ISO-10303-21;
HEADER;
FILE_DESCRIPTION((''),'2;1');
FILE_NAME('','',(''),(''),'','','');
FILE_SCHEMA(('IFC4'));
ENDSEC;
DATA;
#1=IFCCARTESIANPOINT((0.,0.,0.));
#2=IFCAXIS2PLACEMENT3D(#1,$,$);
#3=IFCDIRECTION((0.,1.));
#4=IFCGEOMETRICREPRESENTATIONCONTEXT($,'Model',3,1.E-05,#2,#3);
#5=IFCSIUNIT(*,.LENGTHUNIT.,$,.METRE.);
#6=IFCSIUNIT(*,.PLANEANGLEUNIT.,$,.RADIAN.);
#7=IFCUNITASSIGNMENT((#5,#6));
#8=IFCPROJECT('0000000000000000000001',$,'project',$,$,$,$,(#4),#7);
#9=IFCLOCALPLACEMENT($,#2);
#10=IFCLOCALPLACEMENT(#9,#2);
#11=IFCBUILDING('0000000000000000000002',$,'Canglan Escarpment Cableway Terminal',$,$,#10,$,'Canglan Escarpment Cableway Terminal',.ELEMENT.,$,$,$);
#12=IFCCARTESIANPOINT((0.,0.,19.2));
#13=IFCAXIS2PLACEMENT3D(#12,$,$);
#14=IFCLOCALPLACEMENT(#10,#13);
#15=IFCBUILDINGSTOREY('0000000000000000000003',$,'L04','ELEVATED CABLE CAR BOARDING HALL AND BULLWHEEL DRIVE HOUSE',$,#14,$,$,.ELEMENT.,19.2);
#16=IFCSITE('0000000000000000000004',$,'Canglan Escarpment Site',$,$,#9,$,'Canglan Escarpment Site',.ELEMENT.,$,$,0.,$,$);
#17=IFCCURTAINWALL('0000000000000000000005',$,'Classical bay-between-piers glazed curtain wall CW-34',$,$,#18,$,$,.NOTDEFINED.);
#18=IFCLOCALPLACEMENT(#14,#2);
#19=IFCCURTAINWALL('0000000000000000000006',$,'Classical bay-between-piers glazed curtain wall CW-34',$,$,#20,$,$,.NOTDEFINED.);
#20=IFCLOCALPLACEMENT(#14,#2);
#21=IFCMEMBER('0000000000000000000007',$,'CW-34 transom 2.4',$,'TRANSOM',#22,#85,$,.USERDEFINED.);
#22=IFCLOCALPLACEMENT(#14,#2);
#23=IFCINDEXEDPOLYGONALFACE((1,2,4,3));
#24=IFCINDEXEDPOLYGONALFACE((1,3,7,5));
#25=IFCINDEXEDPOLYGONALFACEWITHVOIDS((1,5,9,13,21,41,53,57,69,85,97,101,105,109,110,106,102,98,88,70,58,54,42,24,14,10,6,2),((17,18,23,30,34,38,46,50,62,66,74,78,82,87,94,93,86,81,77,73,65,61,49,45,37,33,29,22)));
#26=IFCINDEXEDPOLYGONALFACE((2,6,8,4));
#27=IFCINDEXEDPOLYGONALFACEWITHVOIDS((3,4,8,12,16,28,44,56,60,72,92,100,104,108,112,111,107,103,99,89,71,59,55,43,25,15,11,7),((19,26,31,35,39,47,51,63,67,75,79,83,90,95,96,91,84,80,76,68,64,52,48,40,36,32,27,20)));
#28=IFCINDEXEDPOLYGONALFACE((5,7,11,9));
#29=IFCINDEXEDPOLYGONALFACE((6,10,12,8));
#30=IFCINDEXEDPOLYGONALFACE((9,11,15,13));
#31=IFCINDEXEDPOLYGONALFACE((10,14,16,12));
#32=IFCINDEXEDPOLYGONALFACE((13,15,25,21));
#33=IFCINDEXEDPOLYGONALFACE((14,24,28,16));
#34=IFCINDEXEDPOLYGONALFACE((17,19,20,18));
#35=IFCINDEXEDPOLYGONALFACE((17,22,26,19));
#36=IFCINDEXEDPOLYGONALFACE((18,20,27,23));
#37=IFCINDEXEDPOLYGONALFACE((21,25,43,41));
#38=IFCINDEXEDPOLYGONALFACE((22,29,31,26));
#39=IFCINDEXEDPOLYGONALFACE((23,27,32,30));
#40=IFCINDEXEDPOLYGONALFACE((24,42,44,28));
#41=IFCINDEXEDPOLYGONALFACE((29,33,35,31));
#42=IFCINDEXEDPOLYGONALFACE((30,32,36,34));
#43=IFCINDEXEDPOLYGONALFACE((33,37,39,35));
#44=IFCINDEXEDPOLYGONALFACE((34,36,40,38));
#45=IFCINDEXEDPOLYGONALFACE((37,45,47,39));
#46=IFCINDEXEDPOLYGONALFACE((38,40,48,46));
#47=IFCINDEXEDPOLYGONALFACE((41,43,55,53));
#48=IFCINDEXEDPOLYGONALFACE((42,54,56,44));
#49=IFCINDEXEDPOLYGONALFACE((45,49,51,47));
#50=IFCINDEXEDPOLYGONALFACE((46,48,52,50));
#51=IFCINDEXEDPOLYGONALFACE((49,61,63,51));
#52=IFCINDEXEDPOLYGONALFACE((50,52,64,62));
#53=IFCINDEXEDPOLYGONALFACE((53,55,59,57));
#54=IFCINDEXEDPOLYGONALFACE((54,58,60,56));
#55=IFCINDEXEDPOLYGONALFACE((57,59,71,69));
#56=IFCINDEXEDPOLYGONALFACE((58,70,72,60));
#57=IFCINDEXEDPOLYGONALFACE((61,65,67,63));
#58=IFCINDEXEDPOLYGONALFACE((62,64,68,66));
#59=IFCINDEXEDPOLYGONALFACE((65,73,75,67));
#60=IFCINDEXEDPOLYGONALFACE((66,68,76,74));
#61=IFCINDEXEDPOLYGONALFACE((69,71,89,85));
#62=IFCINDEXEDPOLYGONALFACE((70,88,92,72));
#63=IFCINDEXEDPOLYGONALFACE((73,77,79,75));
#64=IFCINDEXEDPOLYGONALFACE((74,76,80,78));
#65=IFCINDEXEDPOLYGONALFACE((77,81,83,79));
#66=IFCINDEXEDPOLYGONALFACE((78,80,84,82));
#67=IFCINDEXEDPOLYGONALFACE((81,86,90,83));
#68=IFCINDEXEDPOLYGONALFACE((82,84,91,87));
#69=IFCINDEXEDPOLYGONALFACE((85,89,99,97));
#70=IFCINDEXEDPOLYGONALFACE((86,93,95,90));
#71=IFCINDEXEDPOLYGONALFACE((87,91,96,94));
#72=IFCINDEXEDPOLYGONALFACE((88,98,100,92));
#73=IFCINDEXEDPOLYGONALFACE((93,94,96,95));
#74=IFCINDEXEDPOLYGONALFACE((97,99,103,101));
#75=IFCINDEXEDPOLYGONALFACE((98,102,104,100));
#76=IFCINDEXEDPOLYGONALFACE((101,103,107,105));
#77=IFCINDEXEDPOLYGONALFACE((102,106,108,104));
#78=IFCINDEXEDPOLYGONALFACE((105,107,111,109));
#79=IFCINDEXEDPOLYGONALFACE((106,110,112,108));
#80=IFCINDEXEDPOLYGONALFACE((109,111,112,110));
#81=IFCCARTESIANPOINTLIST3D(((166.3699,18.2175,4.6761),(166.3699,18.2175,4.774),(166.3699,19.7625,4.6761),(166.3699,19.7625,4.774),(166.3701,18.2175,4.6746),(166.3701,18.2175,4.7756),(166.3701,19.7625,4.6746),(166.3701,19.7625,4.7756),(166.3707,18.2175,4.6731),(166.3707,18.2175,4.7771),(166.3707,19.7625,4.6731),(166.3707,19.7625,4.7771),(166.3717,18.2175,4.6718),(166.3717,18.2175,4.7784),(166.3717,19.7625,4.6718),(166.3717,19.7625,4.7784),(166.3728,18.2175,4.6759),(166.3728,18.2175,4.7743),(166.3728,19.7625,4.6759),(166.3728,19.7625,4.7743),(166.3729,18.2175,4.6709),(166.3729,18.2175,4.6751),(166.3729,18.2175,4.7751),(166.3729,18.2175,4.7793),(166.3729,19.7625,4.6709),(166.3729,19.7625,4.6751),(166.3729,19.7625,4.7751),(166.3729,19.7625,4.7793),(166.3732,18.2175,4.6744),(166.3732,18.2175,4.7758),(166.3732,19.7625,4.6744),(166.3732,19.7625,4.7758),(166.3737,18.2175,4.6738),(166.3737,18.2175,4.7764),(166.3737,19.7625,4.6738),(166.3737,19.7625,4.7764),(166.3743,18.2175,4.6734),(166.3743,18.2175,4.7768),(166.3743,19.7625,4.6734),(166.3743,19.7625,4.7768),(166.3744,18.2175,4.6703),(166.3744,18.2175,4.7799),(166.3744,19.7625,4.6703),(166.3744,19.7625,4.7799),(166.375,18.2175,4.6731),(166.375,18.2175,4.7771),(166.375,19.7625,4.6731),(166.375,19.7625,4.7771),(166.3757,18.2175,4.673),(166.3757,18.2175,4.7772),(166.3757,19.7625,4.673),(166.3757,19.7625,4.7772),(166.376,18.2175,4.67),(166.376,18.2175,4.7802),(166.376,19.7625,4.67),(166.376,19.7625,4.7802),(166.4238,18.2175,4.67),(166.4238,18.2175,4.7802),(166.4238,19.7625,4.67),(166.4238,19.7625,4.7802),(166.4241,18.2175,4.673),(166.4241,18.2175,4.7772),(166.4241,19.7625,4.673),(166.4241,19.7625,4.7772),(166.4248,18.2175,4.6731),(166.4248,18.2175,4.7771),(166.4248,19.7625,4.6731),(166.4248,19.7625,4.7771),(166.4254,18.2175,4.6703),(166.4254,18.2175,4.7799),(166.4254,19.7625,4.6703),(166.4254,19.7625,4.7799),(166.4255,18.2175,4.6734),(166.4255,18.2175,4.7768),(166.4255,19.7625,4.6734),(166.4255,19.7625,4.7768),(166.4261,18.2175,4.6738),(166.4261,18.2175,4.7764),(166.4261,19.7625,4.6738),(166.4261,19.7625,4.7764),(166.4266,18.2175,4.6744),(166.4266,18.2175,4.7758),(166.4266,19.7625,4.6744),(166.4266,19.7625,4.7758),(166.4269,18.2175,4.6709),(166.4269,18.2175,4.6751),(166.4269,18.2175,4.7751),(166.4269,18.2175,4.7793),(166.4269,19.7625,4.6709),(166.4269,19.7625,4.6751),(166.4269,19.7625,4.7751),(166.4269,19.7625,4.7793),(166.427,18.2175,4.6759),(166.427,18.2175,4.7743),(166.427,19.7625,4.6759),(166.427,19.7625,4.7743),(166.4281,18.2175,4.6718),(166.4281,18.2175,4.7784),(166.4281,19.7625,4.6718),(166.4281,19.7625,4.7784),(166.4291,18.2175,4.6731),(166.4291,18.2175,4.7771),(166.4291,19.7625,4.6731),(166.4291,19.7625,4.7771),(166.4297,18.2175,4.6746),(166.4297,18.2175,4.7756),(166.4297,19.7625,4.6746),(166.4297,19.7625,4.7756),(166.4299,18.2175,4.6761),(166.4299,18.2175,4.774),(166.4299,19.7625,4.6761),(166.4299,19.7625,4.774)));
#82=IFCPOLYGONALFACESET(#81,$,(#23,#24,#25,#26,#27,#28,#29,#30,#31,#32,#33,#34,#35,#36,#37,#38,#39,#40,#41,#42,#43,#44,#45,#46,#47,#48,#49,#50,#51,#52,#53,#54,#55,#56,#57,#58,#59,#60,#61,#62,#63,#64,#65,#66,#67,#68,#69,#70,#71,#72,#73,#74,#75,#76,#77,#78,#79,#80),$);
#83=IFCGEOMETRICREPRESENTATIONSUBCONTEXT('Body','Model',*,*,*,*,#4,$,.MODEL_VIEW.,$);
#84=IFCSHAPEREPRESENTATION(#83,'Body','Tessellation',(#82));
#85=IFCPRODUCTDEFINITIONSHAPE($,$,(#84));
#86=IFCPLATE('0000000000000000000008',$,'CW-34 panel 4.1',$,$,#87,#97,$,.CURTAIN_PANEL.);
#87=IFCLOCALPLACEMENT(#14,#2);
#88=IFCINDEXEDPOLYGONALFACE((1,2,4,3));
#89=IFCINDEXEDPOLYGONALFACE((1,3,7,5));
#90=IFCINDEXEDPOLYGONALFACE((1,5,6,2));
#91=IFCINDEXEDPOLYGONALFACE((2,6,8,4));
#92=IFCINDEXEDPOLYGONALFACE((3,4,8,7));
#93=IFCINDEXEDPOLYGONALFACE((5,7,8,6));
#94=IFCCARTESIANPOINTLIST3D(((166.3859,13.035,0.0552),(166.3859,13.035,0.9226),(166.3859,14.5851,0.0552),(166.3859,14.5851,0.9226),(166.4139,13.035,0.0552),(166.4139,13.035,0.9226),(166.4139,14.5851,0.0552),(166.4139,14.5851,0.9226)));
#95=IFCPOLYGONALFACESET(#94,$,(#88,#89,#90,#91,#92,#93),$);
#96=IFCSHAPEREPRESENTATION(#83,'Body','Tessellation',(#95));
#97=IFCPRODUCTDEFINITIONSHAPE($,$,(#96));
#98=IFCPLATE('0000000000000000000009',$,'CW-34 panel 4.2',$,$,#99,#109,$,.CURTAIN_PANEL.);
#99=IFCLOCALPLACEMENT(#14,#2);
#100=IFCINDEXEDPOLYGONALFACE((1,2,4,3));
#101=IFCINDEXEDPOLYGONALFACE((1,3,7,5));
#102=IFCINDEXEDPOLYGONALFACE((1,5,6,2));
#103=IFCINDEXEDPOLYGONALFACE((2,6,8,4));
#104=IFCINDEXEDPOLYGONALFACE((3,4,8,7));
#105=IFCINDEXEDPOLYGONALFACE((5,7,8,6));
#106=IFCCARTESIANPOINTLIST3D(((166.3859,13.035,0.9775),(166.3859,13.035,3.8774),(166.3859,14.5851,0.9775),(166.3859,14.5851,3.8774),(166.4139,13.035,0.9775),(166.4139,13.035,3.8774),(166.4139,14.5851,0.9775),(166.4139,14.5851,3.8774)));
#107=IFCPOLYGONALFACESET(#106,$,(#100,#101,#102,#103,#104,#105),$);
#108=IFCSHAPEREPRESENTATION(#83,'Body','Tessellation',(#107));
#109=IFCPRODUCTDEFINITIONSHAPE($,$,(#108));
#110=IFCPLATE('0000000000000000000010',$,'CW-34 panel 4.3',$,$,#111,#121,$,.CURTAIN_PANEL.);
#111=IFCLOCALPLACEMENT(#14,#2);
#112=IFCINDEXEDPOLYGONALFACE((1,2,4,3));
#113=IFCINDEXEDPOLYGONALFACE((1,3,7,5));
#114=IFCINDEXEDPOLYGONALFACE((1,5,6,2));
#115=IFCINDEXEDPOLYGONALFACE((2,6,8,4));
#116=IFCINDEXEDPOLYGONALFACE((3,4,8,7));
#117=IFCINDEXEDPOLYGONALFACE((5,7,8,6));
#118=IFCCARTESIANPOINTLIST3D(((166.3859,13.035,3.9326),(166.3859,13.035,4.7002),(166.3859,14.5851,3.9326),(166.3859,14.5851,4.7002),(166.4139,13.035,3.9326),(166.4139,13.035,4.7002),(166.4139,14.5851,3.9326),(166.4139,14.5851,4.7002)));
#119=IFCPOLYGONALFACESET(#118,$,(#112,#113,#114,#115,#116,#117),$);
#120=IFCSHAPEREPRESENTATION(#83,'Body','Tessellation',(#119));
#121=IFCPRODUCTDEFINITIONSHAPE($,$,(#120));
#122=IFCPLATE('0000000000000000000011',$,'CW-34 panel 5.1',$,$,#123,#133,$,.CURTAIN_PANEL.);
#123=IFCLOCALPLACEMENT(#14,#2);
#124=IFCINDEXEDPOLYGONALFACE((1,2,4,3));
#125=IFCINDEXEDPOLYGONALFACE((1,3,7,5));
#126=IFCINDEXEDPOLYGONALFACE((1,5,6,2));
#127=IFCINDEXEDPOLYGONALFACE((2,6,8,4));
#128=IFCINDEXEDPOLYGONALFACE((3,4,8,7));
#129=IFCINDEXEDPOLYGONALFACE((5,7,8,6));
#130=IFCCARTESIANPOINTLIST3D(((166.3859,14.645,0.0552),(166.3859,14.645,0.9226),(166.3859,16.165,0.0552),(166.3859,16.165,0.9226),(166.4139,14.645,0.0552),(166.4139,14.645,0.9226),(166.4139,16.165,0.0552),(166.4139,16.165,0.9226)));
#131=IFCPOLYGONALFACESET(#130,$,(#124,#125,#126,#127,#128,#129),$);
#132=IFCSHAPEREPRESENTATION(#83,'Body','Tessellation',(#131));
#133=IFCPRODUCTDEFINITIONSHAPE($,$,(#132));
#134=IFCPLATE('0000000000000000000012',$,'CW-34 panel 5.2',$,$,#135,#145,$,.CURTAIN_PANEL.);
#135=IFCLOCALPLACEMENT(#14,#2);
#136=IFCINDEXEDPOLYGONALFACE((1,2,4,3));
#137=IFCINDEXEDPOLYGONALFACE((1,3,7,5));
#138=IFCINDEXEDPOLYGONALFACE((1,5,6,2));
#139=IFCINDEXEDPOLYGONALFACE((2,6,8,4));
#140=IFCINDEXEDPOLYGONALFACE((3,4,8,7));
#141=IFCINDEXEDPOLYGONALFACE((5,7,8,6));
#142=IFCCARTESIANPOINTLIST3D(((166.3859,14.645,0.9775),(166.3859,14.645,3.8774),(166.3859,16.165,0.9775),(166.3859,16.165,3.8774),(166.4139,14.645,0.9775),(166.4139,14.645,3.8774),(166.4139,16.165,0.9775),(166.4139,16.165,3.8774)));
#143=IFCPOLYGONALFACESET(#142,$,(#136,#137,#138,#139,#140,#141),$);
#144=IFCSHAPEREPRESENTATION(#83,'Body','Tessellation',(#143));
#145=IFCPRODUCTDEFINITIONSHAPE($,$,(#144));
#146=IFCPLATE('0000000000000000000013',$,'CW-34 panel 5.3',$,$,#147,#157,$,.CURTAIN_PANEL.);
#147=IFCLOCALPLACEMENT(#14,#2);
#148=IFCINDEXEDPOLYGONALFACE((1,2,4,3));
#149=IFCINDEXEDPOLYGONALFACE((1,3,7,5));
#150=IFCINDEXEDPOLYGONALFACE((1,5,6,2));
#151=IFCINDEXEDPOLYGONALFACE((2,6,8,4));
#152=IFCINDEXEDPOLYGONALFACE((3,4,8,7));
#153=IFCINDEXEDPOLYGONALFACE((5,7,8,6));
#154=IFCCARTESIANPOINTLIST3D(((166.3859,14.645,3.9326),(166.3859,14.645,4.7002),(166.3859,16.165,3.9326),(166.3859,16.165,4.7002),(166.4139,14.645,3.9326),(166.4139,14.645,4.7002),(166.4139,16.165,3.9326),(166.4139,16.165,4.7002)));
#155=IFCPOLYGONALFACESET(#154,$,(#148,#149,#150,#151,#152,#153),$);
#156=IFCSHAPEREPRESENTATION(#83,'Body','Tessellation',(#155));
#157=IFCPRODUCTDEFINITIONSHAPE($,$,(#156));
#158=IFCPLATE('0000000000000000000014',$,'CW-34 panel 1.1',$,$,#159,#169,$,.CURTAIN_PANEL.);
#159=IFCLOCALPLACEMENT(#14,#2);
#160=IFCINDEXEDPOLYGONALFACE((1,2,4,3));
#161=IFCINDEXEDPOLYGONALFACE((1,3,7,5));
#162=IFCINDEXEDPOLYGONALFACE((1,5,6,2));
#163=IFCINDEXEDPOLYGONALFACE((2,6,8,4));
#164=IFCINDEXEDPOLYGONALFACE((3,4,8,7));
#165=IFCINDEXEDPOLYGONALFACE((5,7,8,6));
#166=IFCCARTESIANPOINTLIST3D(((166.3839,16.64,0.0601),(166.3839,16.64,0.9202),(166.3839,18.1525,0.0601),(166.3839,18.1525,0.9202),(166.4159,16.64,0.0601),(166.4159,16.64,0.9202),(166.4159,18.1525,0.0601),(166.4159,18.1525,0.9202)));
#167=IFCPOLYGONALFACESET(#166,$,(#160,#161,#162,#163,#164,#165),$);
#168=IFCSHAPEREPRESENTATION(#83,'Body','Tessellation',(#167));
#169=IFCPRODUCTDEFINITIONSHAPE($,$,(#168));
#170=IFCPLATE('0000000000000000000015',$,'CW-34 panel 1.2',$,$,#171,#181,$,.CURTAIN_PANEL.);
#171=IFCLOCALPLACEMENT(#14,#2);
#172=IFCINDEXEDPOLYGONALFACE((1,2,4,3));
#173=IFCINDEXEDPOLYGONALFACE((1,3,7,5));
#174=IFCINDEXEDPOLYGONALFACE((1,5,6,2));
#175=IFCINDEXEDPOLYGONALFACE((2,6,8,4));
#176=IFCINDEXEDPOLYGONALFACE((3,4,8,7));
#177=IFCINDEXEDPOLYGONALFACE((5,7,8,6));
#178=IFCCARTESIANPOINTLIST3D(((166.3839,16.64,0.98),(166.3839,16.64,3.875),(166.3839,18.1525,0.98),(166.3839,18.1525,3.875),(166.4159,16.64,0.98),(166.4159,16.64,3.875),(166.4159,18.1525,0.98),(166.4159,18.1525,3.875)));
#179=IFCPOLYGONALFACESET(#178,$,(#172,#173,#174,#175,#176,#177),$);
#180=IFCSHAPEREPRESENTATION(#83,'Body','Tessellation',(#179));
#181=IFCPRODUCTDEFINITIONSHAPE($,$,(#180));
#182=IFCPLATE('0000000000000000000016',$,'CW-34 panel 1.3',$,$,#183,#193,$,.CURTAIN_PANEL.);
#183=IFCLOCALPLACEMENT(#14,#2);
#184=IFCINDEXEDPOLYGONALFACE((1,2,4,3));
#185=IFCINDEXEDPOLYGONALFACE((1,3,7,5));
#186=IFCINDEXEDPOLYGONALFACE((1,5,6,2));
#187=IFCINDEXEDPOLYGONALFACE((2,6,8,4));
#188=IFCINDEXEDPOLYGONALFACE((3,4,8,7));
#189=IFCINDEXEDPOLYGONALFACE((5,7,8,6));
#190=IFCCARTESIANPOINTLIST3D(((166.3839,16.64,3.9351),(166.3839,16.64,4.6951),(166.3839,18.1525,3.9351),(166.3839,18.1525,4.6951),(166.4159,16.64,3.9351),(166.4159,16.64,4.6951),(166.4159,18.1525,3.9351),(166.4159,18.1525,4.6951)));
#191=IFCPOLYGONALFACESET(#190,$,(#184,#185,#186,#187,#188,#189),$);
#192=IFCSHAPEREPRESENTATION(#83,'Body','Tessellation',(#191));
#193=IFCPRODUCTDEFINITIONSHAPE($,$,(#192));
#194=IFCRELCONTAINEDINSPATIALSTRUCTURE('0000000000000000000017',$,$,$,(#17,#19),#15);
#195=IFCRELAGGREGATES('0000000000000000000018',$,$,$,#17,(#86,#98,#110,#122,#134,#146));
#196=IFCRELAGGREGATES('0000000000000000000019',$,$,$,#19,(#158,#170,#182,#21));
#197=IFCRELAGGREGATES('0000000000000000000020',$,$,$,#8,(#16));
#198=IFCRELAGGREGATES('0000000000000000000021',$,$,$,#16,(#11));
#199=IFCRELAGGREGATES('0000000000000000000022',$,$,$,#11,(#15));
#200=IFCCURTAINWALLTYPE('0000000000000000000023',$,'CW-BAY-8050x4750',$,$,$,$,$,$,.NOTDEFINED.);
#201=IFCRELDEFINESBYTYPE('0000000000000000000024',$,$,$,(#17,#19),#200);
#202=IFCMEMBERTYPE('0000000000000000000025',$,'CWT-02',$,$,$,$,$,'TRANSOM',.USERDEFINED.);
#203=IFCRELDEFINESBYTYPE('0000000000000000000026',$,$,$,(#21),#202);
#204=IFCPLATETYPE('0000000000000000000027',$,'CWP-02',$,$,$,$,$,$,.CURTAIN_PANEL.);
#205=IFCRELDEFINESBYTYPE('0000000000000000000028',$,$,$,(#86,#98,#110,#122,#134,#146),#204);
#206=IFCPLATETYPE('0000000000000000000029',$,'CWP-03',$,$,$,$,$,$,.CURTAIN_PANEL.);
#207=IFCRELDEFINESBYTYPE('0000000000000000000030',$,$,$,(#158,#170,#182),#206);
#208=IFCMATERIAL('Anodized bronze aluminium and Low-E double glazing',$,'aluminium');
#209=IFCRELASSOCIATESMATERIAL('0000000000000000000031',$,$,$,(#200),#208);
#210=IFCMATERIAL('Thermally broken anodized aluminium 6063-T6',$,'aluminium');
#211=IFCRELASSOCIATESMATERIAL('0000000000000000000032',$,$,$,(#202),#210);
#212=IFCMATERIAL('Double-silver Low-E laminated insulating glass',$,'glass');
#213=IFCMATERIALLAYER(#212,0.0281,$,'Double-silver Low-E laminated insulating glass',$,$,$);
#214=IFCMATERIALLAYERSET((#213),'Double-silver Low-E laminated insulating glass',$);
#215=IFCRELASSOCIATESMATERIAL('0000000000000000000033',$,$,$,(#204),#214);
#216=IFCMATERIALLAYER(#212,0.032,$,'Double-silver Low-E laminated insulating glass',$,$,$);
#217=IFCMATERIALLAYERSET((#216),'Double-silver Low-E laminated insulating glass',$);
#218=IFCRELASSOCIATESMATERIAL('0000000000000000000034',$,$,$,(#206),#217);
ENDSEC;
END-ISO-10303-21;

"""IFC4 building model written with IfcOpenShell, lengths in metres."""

from ifc_helpers import new_model, si_unit, direction, frame, origin, origin_2d, place, context, subcontext, project, spatial, rectangle, hollow_rectangle, extrude, material, layer, layer_set, material_profile, profile_set, type_object, element, aggregate, save


model = new_model("IFC4")

# Units and contexts
model_context = context("Model", 3, precision=1e-05, world=origin(), true_north=direction((0.0, 1.0)))
body_context = subcontext(model_context, "Body", "Model", "MODEL_VIEW")
ifc_project = project(units=[si_unit("LENGTHUNIT", "METRE"), si_unit("PLANEANGLEUNIT", "RADIAN")], contexts=[model_context])

# Site, building, storey
site_placement = place(None, origin())
site = spatial("IfcSite", under=ifc_project, at=site_placement, Name="Canglan Escarpment Site", LongName="Canglan Escarpment Site", CompositionType="ELEMENT", RefElevation=0.0)
building_placement = place(site_placement, origin())
building = spatial("IfcBuilding", under=site, at=building_placement, Name="Canglan Escarpment Cableway Terminal", LongName="Canglan Escarpment Cableway Terminal", CompositionType="ELEMENT")
storey_placement = place(building_placement, frame((0.0, 0.0, 19.2)))
storey = spatial("IfcBuildingStorey", under=building, at=storey_placement, Name="L04", Description="ELEVATED CABLE CAR BOARDING HALL AND BULLWHEEL DRIVE HOUSE", CompositionType="ELEMENT", Elevation=19.2)

# Curtain walls
ifc_material_1 = material(Name="Anodized bronze aluminium and Low-E double glazing", Category="aluminium")
curtain_wall_type = type_object("IfcCurtainWallType", Name="CW-BAY-8050x4750", PredefinedType="NOTDEFINED", material=ifc_material_1)
curtain_wall_1_placement = place(storey_placement, origin())
curtain_wall_1 = element("IfcCurtainWall", 1, at=curtain_wall_1_placement, inside=storey, type_object=curtain_wall_type, Name="Classical bay-between-piers glazed curtain wall CW-34", PredefinedType="NOTDEFINED")
ifc_material_2 = material(Name="Thermally broken anodized aluminium 6063-T6", Category="aluminium")
curtain_wall_2_placement = place(storey_placement, origin())
curtain_wall_2 = element("IfcCurtainWall", 2, at=curtain_wall_2_placement, inside=storey, type_object=curtain_wall_type, Name="Classical bay-between-piers glazed curtain wall CW-34", PredefinedType="NOTDEFINED")

# Member
ifc_material_profile_1 = material_profile(ifc_material_2, hollow_rectangle(XDim=0.0601, YDim=0.1101, WallThickness=0.0029, InnerFilletRadius=0.0029, OuterFilletRadius=0.0061, at=origin_2d()), Name="ALU-TRAN 60x110x3")
ifc_profile_set_1 = profile_set([ifc_material_profile_1], Name="Thermally broken anodized aluminium 6063-T6")
member_type_1 = type_object("IfcMemberType", Name="CWT-02", ElementType="TRANSOM", PredefinedType="USERDEFINED", material=ifc_profile_set_1)
member_1_placement = place(storey_placement, frame((166.3999, 18.2175, 4.7251), z_axis=(0.0, 1.0, 0.0), x_axis=(-1.0, 0.0, 0.0)))
member_1 = element("IfcMember", 3, at=member_1_placement, type_object=member_type_1, Name="CW-34 transom 2.4", ObjectType="TRANSOM", PredefinedType="USERDEFINED", context=body_context, shape_type="SweptSolid", body=[
    extrude(hollow_rectangle(XDim=0.0601, YDim=0.1101, WallThickness=0.0029, InnerFilletRadius=0.0029, OuterFilletRadius=0.0061, at=origin_2d()), origin(), (0.0, 0.0, 1.0), 1.5449),
])

# Plates
ifc_material_3 = material(Name="Double-silver Low-E laminated insulating glass", Category="glass")
ifc_layer_1 = layer(ifc_material_3, 0.0281, Name="Double-silver Low-E laminated insulating glass")
ifc_layer_set_1 = layer_set([ifc_layer_1], Name="Double-silver Low-E laminated insulating glass")
plate_type_1 = type_object("IfcPlateType", Name="CWP-02", PredefinedType="CURTAIN_PANEL", material=ifc_layer_set_1)
plate_1_placement = place(storey_placement, frame((166.3999, 13.8101, 0.0552), z_axis=(0.0, 0.0, 1.0), x_axis=(0.0, 1.0, 0.0)))
plate_1 = element("IfcPlate", 4, at=plate_1_placement, type_object=plate_type_1, Name="CW-34 panel 4.1", PredefinedType="CURTAIN_PANEL", context=body_context, shape_type="SweptSolid", body=[
    extrude(rectangle(XDim=1.55, YDim=0.0281, at=origin_2d()), origin(), (0.0, 0.0, 1.0), 0.8674),
])
plate_2_placement = place(storey_placement, frame((166.3999, 13.8101, 0.9775), z_axis=(0.0, 0.0, 1.0), x_axis=(0.0, 1.0, 0.0)))
plate_2 = element("IfcPlate", 5, at=plate_2_placement, type_object=plate_type_1, Name="CW-34 panel 4.2", PredefinedType="CURTAIN_PANEL", context=body_context, shape_type="SweptSolid", body=[
    extrude(rectangle(XDim=1.55, YDim=0.0281, at=origin_2d()), origin(), (0.0, 0.0, 1.0), 2.8999),
])
plate_3_placement = place(storey_placement, frame((166.3999, 13.8101, 3.9326), z_axis=(0.0, 0.0, 1.0), x_axis=(0.0, 1.0, 0.0)))
plate_3 = element("IfcPlate", 6, at=plate_3_placement, type_object=plate_type_1, Name="CW-34 panel 4.3", PredefinedType="CURTAIN_PANEL", context=body_context, shape_type="SweptSolid", body=[
    extrude(rectangle(XDim=1.55, YDim=0.0281, at=origin_2d()), origin(), (0.0, 0.0, 1.0), 0.7676),
])
plate_4_placement = place(storey_placement, frame((166.3999, 15.405, 0.0552), z_axis=(0.0, 0.0, 1.0), x_axis=(0.0, 1.0, 0.0)))
plate_4 = element("IfcPlate", 7, at=plate_4_placement, type_object=plate_type_1, Name="CW-34 panel 5.1", PredefinedType="CURTAIN_PANEL", context=body_context, shape_type="SweptSolid", body=[
    extrude(rectangle(XDim=1.52, YDim=0.0281, at=origin_2d()), origin(), (0.0, 0.0, 1.0), 0.8674),
])
plate_5_placement = place(storey_placement, frame((166.3999, 15.405, 0.9775), z_axis=(0.0, 0.0, 1.0), x_axis=(0.0, 1.0, 0.0)))
plate_5 = element("IfcPlate", 8, at=plate_5_placement, type_object=plate_type_1, Name="CW-34 panel 5.2", PredefinedType="CURTAIN_PANEL", context=body_context, shape_type="SweptSolid", body=[
    extrude(rectangle(XDim=1.52, YDim=0.0281, at=origin_2d()), origin(), (0.0, 0.0, 1.0), 2.8999),
])
plate_6_placement = place(storey_placement, frame((166.3999, 15.405, 3.9326), z_axis=(0.0, 0.0, 1.0), x_axis=(0.0, 1.0, 0.0)))
plate_6 = element("IfcPlate", 9, at=plate_6_placement, type_object=plate_type_1, Name="CW-34 panel 5.3", PredefinedType="CURTAIN_PANEL", context=body_context, shape_type="SweptSolid", body=[
    extrude(rectangle(XDim=1.52, YDim=0.0281, at=origin_2d()), origin(), (0.0, 0.0, 1.0), 0.7676),
])
aggregate(curtain_wall_1, [plate_1, plate_2, plate_3, plate_4, plate_5, plate_6])
ifc_layer_2 = layer(ifc_material_3, 0.032, Name="Double-silver Low-E laminated insulating glass")
ifc_layer_set_2 = layer_set([ifc_layer_2], Name="Double-silver Low-E laminated insulating glass")
plate_type_2 = type_object("IfcPlateType", Name="CWP-03", PredefinedType="CURTAIN_PANEL", material=ifc_layer_set_2)
plate_7_placement = place(storey_placement, frame((166.3999, 17.3962, 0.0601), z_axis=(0.0, 0.0, 1.0), x_axis=(0.0, 1.0, 0.0)))
plate_7 = element("IfcPlate", 10, at=plate_7_placement, type_object=plate_type_2, Name="CW-34 panel 1.1", PredefinedType="CURTAIN_PANEL", context=body_context, shape_type="SweptSolid", body=[
    extrude(rectangle(XDim=1.5125, YDim=0.032, at=origin_2d()), origin(), (0.0, 0.0, 1.0), 0.8601),
])
plate_8_placement = place(storey_placement, frame((166.3999, 17.3962, 0.98), z_axis=(0.0, 0.0, 1.0), x_axis=(0.0, 1.0, 0.0)))
plate_8 = element("IfcPlate", 11, at=plate_8_placement, type_object=plate_type_2, Name="CW-34 panel 1.2", PredefinedType="CURTAIN_PANEL", context=body_context, shape_type="SweptSolid", body=[
    extrude(rectangle(XDim=1.5125, YDim=0.032, at=origin_2d()), origin(), (0.0, 0.0, 1.0), 2.895),
])
plate_9_placement = place(storey_placement, frame((166.3999, 17.3962, 3.9351), z_axis=(0.0, 0.0, 1.0), x_axis=(0.0, 1.0, 0.0)))
plate_9 = element("IfcPlate", 12, at=plate_9_placement, type_object=plate_type_2, Name="CW-34 panel 1.3", PredefinedType="CURTAIN_PANEL", context=body_context, shape_type="SweptSolid", body=[
    extrude(rectangle(XDim=1.5125, YDim=0.032, at=origin_2d()), origin(), (0.0, 0.0, 1.0), 0.76),
])
aggregate(curtain_wall_2, [plate_7, plate_8, plate_9, member_1])

save(model, "model.ifc")
